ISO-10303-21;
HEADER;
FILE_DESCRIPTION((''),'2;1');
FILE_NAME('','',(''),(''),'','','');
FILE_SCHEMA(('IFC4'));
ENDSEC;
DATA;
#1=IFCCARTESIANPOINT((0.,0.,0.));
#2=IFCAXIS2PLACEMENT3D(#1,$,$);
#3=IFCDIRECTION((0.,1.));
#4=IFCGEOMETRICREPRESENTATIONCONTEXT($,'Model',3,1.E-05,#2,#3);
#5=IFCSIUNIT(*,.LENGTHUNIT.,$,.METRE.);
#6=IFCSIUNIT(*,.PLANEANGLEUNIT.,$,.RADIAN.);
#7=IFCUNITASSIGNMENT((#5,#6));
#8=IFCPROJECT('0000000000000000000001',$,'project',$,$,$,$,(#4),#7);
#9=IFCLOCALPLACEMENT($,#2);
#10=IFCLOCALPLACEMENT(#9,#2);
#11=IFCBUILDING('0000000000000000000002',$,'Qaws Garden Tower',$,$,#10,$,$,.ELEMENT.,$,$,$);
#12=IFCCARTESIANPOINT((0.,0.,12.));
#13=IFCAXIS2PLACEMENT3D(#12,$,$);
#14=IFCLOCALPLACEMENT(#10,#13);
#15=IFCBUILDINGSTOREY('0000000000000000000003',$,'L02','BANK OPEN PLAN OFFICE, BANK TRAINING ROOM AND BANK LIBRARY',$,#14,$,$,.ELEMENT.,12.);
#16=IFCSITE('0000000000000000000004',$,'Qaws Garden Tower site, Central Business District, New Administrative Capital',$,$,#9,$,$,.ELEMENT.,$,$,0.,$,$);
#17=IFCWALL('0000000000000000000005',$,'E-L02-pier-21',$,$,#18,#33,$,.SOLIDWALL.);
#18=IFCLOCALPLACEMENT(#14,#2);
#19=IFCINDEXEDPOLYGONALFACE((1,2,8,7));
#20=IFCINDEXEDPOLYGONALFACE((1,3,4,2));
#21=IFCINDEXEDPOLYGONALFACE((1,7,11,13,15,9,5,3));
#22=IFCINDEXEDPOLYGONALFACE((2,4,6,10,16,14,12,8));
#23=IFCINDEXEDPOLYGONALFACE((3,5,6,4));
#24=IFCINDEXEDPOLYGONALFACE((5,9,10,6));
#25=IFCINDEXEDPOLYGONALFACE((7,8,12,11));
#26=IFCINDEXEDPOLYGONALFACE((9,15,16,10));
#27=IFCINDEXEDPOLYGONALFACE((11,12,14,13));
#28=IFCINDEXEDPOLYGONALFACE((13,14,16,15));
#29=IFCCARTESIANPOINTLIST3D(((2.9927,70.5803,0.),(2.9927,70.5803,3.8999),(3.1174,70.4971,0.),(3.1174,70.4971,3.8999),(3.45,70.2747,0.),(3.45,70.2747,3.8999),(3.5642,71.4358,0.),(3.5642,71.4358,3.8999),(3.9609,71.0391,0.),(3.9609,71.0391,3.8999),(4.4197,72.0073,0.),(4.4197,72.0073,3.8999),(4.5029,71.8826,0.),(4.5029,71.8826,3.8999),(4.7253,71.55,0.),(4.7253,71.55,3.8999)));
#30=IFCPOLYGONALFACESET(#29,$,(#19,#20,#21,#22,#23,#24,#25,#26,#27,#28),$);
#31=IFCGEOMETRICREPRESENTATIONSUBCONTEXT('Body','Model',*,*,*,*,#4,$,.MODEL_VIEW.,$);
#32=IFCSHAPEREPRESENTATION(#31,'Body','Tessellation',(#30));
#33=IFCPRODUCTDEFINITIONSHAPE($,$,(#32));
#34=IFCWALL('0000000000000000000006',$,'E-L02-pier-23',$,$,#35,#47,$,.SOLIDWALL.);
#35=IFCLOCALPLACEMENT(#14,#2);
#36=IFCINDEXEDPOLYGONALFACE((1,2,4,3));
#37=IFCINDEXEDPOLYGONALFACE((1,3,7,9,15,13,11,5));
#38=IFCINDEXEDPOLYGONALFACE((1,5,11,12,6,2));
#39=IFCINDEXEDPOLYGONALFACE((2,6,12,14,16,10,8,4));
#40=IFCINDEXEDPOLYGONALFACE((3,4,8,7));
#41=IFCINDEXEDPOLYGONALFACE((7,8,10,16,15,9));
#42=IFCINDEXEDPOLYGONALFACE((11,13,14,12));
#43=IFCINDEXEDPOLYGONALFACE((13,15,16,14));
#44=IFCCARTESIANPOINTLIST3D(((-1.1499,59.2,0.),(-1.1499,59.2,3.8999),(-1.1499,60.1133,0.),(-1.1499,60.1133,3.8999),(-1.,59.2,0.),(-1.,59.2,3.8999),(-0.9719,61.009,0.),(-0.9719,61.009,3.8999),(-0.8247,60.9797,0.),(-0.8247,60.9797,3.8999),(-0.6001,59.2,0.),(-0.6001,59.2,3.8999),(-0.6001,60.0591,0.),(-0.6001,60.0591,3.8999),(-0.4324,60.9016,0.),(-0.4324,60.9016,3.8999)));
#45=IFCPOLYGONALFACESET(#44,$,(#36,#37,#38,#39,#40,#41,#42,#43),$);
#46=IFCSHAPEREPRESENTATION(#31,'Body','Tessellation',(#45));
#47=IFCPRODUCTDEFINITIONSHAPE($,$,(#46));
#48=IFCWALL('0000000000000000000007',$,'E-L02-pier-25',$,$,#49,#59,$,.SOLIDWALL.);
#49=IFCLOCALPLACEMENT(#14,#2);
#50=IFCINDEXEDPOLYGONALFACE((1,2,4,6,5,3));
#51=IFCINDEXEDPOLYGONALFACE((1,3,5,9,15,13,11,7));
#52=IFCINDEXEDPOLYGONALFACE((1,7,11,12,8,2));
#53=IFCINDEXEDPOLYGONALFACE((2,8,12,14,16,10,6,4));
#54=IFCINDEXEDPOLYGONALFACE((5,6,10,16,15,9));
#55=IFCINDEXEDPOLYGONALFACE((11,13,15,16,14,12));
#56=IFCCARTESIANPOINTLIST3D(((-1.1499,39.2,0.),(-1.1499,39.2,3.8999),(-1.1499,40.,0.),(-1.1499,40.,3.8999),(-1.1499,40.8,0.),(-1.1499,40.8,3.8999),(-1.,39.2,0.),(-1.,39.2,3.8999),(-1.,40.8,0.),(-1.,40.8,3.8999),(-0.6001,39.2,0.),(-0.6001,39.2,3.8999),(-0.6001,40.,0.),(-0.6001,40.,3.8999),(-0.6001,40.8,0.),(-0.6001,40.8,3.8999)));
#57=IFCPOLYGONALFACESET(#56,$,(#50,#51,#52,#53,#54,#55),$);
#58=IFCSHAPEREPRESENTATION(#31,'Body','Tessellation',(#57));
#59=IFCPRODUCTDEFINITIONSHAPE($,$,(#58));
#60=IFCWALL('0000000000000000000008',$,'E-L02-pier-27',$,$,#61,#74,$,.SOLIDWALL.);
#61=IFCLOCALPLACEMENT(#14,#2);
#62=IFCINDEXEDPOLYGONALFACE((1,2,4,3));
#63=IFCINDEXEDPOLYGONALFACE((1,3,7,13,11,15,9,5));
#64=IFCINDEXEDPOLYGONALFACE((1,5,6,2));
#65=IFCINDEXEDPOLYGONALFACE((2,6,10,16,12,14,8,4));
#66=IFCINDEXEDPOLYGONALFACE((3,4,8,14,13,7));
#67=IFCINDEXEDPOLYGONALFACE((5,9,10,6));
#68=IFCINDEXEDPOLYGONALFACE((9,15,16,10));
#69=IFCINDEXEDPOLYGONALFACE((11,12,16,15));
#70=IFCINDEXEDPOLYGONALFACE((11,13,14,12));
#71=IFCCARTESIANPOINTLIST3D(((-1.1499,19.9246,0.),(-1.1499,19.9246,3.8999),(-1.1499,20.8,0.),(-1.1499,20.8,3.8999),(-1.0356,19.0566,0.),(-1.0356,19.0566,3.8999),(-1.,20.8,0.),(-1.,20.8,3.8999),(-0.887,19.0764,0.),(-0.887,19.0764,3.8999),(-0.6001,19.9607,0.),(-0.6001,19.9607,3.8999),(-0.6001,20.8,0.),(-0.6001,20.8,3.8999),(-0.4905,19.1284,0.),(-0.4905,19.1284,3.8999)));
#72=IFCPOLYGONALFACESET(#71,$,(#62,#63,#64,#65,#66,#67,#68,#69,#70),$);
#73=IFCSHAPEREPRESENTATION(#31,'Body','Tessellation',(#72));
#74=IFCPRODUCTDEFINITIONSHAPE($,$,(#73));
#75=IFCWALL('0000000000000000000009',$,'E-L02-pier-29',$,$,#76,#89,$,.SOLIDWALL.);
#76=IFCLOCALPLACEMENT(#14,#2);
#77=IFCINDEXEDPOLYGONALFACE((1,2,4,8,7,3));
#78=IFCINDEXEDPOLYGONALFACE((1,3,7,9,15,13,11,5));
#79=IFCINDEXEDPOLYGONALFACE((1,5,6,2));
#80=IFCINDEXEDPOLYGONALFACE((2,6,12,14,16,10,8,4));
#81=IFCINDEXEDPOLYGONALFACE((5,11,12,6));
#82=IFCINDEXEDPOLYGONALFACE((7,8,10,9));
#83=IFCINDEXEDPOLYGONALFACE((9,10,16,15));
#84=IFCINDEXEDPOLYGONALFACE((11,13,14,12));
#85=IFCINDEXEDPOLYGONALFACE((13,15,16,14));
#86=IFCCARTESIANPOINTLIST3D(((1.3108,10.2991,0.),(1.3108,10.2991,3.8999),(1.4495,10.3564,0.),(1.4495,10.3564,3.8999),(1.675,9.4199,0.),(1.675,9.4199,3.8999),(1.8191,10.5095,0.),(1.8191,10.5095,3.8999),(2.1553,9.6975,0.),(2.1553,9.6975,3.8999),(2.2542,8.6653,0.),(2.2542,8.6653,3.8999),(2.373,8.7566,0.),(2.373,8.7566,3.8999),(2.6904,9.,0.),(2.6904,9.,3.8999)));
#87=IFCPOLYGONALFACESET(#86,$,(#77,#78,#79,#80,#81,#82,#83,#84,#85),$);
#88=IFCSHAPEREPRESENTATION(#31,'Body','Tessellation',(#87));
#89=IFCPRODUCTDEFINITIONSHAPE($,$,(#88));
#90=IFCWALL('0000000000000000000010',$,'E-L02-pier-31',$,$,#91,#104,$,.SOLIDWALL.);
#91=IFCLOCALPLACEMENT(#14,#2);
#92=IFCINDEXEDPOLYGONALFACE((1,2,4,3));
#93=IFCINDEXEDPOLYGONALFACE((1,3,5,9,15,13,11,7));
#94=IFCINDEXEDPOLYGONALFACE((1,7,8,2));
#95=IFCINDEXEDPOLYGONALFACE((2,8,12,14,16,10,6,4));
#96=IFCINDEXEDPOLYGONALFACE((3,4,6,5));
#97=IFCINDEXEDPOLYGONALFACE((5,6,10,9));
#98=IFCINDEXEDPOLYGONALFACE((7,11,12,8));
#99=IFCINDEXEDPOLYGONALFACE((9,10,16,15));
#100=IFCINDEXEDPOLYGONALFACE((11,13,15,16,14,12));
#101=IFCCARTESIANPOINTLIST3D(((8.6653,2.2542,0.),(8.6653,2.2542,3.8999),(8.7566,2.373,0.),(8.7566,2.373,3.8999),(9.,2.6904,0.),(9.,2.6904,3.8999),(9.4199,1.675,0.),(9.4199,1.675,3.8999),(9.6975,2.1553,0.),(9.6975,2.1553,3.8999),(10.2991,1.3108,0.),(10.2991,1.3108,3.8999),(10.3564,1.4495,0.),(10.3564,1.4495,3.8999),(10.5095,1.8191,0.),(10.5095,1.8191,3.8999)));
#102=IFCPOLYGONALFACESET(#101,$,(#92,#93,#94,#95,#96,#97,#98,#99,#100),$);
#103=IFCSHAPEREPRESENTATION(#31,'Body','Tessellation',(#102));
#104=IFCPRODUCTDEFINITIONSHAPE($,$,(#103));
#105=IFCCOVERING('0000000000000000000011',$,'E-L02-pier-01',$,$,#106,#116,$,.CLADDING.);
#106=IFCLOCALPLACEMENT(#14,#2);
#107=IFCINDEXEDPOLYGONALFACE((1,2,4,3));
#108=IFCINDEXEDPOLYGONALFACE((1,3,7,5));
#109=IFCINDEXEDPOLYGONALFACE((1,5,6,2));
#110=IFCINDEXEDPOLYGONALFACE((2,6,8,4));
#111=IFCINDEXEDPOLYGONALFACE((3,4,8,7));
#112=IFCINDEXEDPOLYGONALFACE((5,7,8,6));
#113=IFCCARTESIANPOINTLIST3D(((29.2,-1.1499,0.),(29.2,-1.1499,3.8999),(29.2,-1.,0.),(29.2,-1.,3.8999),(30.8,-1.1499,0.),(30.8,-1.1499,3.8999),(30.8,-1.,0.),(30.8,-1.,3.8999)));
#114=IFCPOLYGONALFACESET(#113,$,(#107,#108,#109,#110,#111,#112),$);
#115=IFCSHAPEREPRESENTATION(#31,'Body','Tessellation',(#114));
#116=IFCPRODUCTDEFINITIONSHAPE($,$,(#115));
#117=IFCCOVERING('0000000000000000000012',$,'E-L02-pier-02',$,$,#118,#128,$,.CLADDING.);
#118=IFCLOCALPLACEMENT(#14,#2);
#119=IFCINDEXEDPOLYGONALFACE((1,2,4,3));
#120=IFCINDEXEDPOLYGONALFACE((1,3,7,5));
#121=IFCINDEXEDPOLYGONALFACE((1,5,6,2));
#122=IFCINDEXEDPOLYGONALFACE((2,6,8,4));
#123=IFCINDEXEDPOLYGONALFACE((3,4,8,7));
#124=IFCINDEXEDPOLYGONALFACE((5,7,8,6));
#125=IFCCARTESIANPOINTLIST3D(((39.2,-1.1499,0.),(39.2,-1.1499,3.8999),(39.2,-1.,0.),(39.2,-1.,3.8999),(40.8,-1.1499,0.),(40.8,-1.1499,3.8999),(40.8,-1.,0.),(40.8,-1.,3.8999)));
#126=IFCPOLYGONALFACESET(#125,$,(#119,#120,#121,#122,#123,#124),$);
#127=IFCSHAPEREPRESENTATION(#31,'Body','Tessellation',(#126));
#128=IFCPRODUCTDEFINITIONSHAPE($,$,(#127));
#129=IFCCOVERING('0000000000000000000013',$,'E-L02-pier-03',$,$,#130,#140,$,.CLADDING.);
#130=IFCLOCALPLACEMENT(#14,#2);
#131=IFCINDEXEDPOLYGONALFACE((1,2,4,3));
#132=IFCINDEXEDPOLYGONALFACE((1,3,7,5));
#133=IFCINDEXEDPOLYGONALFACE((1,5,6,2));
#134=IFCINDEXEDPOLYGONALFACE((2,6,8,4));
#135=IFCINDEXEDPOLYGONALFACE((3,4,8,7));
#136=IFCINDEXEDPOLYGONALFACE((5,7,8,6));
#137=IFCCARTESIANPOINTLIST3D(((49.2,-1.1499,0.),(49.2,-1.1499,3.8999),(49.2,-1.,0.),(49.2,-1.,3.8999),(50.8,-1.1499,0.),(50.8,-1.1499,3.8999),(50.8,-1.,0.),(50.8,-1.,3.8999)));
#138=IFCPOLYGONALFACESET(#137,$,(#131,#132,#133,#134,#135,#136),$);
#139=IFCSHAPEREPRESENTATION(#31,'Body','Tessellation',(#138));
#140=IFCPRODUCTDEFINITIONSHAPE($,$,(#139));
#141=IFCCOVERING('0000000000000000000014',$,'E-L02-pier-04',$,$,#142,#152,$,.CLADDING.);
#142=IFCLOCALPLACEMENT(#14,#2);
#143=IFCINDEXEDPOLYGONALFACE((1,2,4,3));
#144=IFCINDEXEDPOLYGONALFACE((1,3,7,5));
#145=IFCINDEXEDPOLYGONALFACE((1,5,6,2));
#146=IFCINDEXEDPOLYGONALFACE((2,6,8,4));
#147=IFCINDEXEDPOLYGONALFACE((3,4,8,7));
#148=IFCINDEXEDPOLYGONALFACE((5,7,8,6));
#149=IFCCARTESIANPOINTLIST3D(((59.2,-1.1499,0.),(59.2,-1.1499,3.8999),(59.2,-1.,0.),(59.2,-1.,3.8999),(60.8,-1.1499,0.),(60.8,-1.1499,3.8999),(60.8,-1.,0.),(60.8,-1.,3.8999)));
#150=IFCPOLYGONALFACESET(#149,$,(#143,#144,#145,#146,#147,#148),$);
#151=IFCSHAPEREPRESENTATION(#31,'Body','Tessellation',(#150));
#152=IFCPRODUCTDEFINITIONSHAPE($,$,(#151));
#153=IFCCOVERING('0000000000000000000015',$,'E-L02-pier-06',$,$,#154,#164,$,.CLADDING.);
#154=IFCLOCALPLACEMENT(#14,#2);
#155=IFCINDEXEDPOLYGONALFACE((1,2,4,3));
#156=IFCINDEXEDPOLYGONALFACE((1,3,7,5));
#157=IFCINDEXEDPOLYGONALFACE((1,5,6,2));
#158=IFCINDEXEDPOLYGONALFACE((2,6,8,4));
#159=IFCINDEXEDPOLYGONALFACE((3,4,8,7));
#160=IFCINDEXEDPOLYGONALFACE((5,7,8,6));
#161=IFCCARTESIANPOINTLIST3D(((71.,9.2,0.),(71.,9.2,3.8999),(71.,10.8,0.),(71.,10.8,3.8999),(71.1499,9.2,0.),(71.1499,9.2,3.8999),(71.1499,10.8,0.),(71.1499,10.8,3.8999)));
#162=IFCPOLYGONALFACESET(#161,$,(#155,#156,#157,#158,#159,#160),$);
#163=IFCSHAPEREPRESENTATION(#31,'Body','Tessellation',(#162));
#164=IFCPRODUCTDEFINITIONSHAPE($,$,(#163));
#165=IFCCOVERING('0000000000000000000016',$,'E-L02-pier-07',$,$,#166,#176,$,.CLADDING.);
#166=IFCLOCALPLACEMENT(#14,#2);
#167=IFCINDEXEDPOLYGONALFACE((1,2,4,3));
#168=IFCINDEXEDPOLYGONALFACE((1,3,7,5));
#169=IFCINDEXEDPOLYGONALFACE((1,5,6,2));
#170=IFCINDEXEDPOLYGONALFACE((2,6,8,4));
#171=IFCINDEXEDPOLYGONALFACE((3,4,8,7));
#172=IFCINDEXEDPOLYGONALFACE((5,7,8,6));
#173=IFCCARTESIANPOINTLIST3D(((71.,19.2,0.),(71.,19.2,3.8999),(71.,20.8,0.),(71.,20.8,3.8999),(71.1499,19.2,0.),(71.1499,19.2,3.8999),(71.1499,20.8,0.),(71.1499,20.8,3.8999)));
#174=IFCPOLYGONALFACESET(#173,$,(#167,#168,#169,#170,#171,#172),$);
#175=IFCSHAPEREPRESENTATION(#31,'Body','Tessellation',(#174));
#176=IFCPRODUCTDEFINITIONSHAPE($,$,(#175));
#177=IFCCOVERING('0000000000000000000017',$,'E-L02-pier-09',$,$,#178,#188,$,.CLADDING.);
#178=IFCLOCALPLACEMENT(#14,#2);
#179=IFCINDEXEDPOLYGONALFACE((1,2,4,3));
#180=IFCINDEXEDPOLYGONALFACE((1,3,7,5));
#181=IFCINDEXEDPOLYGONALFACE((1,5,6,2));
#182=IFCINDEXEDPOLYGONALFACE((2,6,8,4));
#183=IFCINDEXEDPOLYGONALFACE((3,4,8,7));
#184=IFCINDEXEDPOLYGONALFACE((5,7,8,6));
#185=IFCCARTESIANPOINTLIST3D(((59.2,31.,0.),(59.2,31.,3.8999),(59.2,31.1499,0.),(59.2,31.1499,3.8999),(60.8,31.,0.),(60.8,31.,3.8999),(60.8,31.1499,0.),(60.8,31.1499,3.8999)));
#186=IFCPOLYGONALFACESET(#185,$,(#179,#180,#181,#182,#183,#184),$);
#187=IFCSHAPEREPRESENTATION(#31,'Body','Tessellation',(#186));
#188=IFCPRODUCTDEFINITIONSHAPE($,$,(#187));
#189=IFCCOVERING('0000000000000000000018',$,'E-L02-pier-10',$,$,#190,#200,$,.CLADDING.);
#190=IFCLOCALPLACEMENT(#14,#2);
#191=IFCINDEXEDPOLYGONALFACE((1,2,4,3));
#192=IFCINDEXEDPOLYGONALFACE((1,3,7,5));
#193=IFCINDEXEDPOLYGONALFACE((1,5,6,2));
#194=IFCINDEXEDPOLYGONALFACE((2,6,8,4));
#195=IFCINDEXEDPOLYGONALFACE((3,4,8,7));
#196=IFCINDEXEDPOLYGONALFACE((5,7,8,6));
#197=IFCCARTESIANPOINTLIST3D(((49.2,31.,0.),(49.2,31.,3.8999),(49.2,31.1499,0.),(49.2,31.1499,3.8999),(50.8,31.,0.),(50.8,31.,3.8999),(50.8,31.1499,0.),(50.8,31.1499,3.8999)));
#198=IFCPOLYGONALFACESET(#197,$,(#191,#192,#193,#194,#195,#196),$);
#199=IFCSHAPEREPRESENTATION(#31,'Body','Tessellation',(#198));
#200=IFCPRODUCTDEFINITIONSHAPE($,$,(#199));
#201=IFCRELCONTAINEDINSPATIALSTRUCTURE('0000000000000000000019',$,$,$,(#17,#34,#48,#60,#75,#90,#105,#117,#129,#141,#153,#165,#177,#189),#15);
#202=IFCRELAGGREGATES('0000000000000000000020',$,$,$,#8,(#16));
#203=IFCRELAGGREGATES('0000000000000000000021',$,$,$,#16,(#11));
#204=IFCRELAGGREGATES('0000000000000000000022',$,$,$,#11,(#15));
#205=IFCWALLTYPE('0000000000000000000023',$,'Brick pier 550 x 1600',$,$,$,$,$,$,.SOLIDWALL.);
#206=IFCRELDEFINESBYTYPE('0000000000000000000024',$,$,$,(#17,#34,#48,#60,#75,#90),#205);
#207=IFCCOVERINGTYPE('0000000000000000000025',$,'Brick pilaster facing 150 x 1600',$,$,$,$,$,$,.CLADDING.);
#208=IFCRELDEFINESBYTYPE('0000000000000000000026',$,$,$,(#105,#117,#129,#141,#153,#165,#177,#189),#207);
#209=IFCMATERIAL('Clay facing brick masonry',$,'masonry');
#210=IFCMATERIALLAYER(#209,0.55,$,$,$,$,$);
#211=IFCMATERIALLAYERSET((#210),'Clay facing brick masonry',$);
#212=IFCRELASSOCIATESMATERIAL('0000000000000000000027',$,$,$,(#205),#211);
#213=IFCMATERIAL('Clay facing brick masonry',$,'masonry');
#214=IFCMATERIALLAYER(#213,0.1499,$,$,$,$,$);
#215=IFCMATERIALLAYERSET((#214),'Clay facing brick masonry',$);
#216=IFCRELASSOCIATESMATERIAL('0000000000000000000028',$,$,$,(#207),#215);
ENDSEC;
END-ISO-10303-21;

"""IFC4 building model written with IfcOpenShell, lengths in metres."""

from ifc_helpers import new_model, si_unit, direction, frame, origin, place, context, subcontext, project, spatial, polyline, outline, extrude, material, layer, layer_set, type_object, element, save


model = new_model("IFC4")

# Units and contexts
model_context = context("Model", 3, precision=1e-05, world=origin(), true_north=direction((0.0, 1.0)))
body_context = subcontext(model_context, "Body", "Model", "MODEL_VIEW")
ifc_project = project(units=[si_unit("LENGTHUNIT", "METRE"), si_unit("PLANEANGLEUNIT", "RADIAN")], contexts=[model_context])

# Site, building, storey
site_placement = place(None, origin())
site = spatial("IfcSite", under=ifc_project, at=site_placement, Name="Qaws Garden Tower site, Central Business District, New Administrative Capital", CompositionType="ELEMENT", RefElevation=0.0)
building_placement = place(site_placement, origin())
building = spatial("IfcBuilding", under=site, at=building_placement, Name="Qaws Garden Tower", CompositionType="ELEMENT")
storey_placement = place(building_placement, frame((0.0, 0.0, 12.0)))
storey = spatial("IfcBuildingStorey", under=building, at=storey_placement, Name="L02", Description="BANK OPEN PLAN OFFICE, BANK TRAINING ROOM AND BANK LIBRARY", CompositionType="ELEMENT", Elevation=12.0)

# Walls
placement = place(storey_placement, origin())
ifc_material_1 = material(Name="Clay facing brick masonry", Category="masonry")
ifc_layer_1 = layer(ifc_material_1, 0.55)
ifc_layer_set_1 = layer_set([ifc_layer_1], Name="Clay facing brick masonry")
wall_type_1 = type_object("IfcWallType", Name="Brick pier 550 x 1600", PredefinedType="SOLIDWALL", material=ifc_layer_set_1)
element("IfcWall", 1, at=placement, inside=storey, type_object=wall_type_1, Name="E-L02-pier-21", PredefinedType="SOLIDWALL", context=body_context, shape_type="SweptSolid", body=[
    extrude(outline(polyline([(4.5029, 71.8826), (4.4197, 72.0073), (3.5642, 71.4358), (2.9927, 70.5803), (3.1174, 70.4971), (3.45, 70.2747), (3.9609, 71.0391), (4.7253, 71.55), (4.5029, 71.8826)])), origin(), (0.0, 0.0, 1.0), 3.8999),
])
element("IfcWall", 2, at=placement, inside=storey, type_object=wall_type_1, Name="E-L02-pier-23", PredefinedType="SOLIDWALL", context=body_context, shape_type="SweptSolid", body=[
    extrude(outline(polyline([(-0.8247, 60.9797), (-0.9719, 61.009), (-1.1499, 60.1133), (-1.1499, 59.2), (-1.0, 59.2), (-0.6001, 59.2), (-0.6001, 60.0591), (-0.4324, 60.9016), (-0.8247, 60.9797)])), origin(), (0.0, 0.0, 1.0), 3.8999),
])
element("IfcWall", 3, at=placement, inside=storey, type_object=wall_type_1, Name="E-L02-pier-25", PredefinedType="SOLIDWALL", context=body_context, shape_type="SweptSolid", body=[
    extrude(outline(polyline([(-1.0, 40.8), (-1.1499, 40.8), (-1.1499, 40.0), (-1.1499, 39.2), (-1.0, 39.2), (-0.6001, 39.2), (-0.6001, 40.0), (-0.6001, 40.8), (-1.0, 40.8)])), origin(), (0.0, 0.0, 1.0), 3.8999),
])
element("IfcWall", 4, at=placement, inside=storey, type_object=wall_type_1, Name="E-L02-pier-27", PredefinedType="SOLIDWALL", context=body_context, shape_type="SweptSolid", body=[
    extrude(outline(polyline([(-1.0, 20.8), (-1.1499, 20.8), (-1.1499, 19.9246), (-1.0356, 19.0566), (-0.887, 19.0764), (-0.4905, 19.1284), (-0.6001, 19.9607), (-0.6001, 20.8), (-1.0, 20.8)])), origin(), (0.0, 0.0, 1.0), 3.8999),
])
element("IfcWall", 5, at=placement, inside=storey, type_object=wall_type_1, Name="E-L02-pier-29", PredefinedType="SOLIDWALL", context=body_context, shape_type="SweptSolid", body=[
    extrude(outline(polyline([(1.4495, 10.3564), (1.3108, 10.2991), (1.675, 9.4199), (2.2542, 8.6653), (2.373, 8.7566), (2.6904, 9.0), (2.1553, 9.6975), (1.8191, 10.5095), (1.4495, 10.3564)])), origin(), (0.0, 0.0, 1.0), 3.8999),
])
element("IfcWall", 6, at=placement, inside=storey, type_object=wall_type_1, Name="E-L02-pier-31", PredefinedType="SOLIDWALL", context=body_context, shape_type="SweptSolid", body=[
    extrude(outline(polyline([(8.7566, 2.373), (8.6653, 2.2542), (9.4199, 1.675), (10.2991, 1.3108), (10.3564, 1.4495), (10.5095, 1.8191), (9.6975, 2.1553), (9.0, 2.6904), (8.7566, 2.373)])), origin(), (0.0, 0.0, 1.0), 3.8999),
])

# Coverings
ifc_material_2 = material(Name="Clay facing brick masonry", Category="masonry")
ifc_layer_2 = layer(ifc_material_2, 0.1499)
ifc_layer_set_2 = layer_set([ifc_layer_2], Name="Clay facing brick masonry")
covering_type = type_object("IfcCoveringType", Name="Brick pilaster facing 150 x 1600", PredefinedType="CLADDING", material=ifc_layer_set_2)
element("IfcCovering", 7, at=placement, inside=storey, type_object=covering_type, Name="E-L02-pier-01", PredefinedType="CLADDING", context=body_context, shape_type="SweptSolid", body=[
    extrude(outline(polyline([(29.2, -1.0), (30.8, -1.0), (30.8, -1.1499), (29.2, -1.1499), (29.2, -1.0)])), origin(), (0.0, 0.0, 1.0), 3.8999),
])
element("IfcCovering", 8, at=placement, inside=storey, type_object=covering_type, Name="E-L02-pier-02", PredefinedType="CLADDING", context=body_context, shape_type="SweptSolid", body=[
    extrude(outline(polyline([(39.2, -1.0), (40.8, -1.0), (40.8, -1.1499), (39.2, -1.1499), (39.2, -1.0)])), origin(), (0.0, 0.0, 1.0), 3.8999),
])
element("IfcCovering", 9, at=placement, inside=storey, type_object=covering_type, Name="E-L02-pier-03", PredefinedType="CLADDING", context=body_context, shape_type="SweptSolid", body=[
    extrude(outline(polyline([(49.2, -1.0), (50.8, -1.0), (50.8, -1.1499), (49.2, -1.1499), (49.2, -1.0)])), origin(), (0.0, 0.0, 1.0), 3.8999),
])
element("IfcCovering", 10, at=placement, inside=storey, type_object=covering_type, Name="E-L02-pier-04", PredefinedType="CLADDING", context=body_context, shape_type="SweptSolid", body=[
    extrude(outline(polyline([(59.2, -1.0), (60.8, -1.0), (60.8, -1.1499), (59.2, -1.1499), (59.2, -1.0)])), origin(), (0.0, 0.0, 1.0), 3.8999),
])
element("IfcCovering", 11, at=placement, inside=storey, type_object=covering_type, Name="E-L02-pier-06", PredefinedType="CLADDING", context=body_context, shape_type="SweptSolid", body=[
    extrude(outline(polyline([(71.0, 9.2), (71.0, 10.8), (71.1499, 10.8), (71.1499, 9.2), (71.0, 9.2)])), origin(), (0.0, 0.0, 1.0), 3.8999),
])
element("IfcCovering", 12, at=placement, inside=storey, type_object=covering_type, Name="E-L02-pier-07", PredefinedType="CLADDING", context=body_context, shape_type="SweptSolid", body=[
    extrude(outline(polyline([(71.0, 19.2), (71.0, 20.8), (71.1499, 20.8), (71.1499, 19.2), (71.0, 19.2)])), origin(), (0.0, 0.0, 1.0), 3.8999),
])
element("IfcCovering", 13, at=placement, inside=storey, type_object=covering_type, Name="E-L02-pier-09", PredefinedType="CLADDING", context=body_context, shape_type="SweptSolid", body=[
    extrude(outline(polyline([(60.8, 31.0), (59.2, 31.0), (59.2, 31.1499), (60.8, 31.1499), (60.8, 31.0)])), origin(), (0.0, 0.0, 1.0), 3.8999),
])
element("IfcCovering", 14, at=placement, inside=storey, type_object=covering_type, Name="E-L02-pier-10", PredefinedType="CLADDING", context=body_context, shape_type="SweptSolid", body=[
    extrude(outline(polyline([(50.8, 31.0), (49.2, 31.0), (49.2, 31.1499), (50.8, 31.1499), (50.8, 31.0)])), origin(), (0.0, 0.0, 1.0), 3.8999),
])

save(model, "model.ifc")
